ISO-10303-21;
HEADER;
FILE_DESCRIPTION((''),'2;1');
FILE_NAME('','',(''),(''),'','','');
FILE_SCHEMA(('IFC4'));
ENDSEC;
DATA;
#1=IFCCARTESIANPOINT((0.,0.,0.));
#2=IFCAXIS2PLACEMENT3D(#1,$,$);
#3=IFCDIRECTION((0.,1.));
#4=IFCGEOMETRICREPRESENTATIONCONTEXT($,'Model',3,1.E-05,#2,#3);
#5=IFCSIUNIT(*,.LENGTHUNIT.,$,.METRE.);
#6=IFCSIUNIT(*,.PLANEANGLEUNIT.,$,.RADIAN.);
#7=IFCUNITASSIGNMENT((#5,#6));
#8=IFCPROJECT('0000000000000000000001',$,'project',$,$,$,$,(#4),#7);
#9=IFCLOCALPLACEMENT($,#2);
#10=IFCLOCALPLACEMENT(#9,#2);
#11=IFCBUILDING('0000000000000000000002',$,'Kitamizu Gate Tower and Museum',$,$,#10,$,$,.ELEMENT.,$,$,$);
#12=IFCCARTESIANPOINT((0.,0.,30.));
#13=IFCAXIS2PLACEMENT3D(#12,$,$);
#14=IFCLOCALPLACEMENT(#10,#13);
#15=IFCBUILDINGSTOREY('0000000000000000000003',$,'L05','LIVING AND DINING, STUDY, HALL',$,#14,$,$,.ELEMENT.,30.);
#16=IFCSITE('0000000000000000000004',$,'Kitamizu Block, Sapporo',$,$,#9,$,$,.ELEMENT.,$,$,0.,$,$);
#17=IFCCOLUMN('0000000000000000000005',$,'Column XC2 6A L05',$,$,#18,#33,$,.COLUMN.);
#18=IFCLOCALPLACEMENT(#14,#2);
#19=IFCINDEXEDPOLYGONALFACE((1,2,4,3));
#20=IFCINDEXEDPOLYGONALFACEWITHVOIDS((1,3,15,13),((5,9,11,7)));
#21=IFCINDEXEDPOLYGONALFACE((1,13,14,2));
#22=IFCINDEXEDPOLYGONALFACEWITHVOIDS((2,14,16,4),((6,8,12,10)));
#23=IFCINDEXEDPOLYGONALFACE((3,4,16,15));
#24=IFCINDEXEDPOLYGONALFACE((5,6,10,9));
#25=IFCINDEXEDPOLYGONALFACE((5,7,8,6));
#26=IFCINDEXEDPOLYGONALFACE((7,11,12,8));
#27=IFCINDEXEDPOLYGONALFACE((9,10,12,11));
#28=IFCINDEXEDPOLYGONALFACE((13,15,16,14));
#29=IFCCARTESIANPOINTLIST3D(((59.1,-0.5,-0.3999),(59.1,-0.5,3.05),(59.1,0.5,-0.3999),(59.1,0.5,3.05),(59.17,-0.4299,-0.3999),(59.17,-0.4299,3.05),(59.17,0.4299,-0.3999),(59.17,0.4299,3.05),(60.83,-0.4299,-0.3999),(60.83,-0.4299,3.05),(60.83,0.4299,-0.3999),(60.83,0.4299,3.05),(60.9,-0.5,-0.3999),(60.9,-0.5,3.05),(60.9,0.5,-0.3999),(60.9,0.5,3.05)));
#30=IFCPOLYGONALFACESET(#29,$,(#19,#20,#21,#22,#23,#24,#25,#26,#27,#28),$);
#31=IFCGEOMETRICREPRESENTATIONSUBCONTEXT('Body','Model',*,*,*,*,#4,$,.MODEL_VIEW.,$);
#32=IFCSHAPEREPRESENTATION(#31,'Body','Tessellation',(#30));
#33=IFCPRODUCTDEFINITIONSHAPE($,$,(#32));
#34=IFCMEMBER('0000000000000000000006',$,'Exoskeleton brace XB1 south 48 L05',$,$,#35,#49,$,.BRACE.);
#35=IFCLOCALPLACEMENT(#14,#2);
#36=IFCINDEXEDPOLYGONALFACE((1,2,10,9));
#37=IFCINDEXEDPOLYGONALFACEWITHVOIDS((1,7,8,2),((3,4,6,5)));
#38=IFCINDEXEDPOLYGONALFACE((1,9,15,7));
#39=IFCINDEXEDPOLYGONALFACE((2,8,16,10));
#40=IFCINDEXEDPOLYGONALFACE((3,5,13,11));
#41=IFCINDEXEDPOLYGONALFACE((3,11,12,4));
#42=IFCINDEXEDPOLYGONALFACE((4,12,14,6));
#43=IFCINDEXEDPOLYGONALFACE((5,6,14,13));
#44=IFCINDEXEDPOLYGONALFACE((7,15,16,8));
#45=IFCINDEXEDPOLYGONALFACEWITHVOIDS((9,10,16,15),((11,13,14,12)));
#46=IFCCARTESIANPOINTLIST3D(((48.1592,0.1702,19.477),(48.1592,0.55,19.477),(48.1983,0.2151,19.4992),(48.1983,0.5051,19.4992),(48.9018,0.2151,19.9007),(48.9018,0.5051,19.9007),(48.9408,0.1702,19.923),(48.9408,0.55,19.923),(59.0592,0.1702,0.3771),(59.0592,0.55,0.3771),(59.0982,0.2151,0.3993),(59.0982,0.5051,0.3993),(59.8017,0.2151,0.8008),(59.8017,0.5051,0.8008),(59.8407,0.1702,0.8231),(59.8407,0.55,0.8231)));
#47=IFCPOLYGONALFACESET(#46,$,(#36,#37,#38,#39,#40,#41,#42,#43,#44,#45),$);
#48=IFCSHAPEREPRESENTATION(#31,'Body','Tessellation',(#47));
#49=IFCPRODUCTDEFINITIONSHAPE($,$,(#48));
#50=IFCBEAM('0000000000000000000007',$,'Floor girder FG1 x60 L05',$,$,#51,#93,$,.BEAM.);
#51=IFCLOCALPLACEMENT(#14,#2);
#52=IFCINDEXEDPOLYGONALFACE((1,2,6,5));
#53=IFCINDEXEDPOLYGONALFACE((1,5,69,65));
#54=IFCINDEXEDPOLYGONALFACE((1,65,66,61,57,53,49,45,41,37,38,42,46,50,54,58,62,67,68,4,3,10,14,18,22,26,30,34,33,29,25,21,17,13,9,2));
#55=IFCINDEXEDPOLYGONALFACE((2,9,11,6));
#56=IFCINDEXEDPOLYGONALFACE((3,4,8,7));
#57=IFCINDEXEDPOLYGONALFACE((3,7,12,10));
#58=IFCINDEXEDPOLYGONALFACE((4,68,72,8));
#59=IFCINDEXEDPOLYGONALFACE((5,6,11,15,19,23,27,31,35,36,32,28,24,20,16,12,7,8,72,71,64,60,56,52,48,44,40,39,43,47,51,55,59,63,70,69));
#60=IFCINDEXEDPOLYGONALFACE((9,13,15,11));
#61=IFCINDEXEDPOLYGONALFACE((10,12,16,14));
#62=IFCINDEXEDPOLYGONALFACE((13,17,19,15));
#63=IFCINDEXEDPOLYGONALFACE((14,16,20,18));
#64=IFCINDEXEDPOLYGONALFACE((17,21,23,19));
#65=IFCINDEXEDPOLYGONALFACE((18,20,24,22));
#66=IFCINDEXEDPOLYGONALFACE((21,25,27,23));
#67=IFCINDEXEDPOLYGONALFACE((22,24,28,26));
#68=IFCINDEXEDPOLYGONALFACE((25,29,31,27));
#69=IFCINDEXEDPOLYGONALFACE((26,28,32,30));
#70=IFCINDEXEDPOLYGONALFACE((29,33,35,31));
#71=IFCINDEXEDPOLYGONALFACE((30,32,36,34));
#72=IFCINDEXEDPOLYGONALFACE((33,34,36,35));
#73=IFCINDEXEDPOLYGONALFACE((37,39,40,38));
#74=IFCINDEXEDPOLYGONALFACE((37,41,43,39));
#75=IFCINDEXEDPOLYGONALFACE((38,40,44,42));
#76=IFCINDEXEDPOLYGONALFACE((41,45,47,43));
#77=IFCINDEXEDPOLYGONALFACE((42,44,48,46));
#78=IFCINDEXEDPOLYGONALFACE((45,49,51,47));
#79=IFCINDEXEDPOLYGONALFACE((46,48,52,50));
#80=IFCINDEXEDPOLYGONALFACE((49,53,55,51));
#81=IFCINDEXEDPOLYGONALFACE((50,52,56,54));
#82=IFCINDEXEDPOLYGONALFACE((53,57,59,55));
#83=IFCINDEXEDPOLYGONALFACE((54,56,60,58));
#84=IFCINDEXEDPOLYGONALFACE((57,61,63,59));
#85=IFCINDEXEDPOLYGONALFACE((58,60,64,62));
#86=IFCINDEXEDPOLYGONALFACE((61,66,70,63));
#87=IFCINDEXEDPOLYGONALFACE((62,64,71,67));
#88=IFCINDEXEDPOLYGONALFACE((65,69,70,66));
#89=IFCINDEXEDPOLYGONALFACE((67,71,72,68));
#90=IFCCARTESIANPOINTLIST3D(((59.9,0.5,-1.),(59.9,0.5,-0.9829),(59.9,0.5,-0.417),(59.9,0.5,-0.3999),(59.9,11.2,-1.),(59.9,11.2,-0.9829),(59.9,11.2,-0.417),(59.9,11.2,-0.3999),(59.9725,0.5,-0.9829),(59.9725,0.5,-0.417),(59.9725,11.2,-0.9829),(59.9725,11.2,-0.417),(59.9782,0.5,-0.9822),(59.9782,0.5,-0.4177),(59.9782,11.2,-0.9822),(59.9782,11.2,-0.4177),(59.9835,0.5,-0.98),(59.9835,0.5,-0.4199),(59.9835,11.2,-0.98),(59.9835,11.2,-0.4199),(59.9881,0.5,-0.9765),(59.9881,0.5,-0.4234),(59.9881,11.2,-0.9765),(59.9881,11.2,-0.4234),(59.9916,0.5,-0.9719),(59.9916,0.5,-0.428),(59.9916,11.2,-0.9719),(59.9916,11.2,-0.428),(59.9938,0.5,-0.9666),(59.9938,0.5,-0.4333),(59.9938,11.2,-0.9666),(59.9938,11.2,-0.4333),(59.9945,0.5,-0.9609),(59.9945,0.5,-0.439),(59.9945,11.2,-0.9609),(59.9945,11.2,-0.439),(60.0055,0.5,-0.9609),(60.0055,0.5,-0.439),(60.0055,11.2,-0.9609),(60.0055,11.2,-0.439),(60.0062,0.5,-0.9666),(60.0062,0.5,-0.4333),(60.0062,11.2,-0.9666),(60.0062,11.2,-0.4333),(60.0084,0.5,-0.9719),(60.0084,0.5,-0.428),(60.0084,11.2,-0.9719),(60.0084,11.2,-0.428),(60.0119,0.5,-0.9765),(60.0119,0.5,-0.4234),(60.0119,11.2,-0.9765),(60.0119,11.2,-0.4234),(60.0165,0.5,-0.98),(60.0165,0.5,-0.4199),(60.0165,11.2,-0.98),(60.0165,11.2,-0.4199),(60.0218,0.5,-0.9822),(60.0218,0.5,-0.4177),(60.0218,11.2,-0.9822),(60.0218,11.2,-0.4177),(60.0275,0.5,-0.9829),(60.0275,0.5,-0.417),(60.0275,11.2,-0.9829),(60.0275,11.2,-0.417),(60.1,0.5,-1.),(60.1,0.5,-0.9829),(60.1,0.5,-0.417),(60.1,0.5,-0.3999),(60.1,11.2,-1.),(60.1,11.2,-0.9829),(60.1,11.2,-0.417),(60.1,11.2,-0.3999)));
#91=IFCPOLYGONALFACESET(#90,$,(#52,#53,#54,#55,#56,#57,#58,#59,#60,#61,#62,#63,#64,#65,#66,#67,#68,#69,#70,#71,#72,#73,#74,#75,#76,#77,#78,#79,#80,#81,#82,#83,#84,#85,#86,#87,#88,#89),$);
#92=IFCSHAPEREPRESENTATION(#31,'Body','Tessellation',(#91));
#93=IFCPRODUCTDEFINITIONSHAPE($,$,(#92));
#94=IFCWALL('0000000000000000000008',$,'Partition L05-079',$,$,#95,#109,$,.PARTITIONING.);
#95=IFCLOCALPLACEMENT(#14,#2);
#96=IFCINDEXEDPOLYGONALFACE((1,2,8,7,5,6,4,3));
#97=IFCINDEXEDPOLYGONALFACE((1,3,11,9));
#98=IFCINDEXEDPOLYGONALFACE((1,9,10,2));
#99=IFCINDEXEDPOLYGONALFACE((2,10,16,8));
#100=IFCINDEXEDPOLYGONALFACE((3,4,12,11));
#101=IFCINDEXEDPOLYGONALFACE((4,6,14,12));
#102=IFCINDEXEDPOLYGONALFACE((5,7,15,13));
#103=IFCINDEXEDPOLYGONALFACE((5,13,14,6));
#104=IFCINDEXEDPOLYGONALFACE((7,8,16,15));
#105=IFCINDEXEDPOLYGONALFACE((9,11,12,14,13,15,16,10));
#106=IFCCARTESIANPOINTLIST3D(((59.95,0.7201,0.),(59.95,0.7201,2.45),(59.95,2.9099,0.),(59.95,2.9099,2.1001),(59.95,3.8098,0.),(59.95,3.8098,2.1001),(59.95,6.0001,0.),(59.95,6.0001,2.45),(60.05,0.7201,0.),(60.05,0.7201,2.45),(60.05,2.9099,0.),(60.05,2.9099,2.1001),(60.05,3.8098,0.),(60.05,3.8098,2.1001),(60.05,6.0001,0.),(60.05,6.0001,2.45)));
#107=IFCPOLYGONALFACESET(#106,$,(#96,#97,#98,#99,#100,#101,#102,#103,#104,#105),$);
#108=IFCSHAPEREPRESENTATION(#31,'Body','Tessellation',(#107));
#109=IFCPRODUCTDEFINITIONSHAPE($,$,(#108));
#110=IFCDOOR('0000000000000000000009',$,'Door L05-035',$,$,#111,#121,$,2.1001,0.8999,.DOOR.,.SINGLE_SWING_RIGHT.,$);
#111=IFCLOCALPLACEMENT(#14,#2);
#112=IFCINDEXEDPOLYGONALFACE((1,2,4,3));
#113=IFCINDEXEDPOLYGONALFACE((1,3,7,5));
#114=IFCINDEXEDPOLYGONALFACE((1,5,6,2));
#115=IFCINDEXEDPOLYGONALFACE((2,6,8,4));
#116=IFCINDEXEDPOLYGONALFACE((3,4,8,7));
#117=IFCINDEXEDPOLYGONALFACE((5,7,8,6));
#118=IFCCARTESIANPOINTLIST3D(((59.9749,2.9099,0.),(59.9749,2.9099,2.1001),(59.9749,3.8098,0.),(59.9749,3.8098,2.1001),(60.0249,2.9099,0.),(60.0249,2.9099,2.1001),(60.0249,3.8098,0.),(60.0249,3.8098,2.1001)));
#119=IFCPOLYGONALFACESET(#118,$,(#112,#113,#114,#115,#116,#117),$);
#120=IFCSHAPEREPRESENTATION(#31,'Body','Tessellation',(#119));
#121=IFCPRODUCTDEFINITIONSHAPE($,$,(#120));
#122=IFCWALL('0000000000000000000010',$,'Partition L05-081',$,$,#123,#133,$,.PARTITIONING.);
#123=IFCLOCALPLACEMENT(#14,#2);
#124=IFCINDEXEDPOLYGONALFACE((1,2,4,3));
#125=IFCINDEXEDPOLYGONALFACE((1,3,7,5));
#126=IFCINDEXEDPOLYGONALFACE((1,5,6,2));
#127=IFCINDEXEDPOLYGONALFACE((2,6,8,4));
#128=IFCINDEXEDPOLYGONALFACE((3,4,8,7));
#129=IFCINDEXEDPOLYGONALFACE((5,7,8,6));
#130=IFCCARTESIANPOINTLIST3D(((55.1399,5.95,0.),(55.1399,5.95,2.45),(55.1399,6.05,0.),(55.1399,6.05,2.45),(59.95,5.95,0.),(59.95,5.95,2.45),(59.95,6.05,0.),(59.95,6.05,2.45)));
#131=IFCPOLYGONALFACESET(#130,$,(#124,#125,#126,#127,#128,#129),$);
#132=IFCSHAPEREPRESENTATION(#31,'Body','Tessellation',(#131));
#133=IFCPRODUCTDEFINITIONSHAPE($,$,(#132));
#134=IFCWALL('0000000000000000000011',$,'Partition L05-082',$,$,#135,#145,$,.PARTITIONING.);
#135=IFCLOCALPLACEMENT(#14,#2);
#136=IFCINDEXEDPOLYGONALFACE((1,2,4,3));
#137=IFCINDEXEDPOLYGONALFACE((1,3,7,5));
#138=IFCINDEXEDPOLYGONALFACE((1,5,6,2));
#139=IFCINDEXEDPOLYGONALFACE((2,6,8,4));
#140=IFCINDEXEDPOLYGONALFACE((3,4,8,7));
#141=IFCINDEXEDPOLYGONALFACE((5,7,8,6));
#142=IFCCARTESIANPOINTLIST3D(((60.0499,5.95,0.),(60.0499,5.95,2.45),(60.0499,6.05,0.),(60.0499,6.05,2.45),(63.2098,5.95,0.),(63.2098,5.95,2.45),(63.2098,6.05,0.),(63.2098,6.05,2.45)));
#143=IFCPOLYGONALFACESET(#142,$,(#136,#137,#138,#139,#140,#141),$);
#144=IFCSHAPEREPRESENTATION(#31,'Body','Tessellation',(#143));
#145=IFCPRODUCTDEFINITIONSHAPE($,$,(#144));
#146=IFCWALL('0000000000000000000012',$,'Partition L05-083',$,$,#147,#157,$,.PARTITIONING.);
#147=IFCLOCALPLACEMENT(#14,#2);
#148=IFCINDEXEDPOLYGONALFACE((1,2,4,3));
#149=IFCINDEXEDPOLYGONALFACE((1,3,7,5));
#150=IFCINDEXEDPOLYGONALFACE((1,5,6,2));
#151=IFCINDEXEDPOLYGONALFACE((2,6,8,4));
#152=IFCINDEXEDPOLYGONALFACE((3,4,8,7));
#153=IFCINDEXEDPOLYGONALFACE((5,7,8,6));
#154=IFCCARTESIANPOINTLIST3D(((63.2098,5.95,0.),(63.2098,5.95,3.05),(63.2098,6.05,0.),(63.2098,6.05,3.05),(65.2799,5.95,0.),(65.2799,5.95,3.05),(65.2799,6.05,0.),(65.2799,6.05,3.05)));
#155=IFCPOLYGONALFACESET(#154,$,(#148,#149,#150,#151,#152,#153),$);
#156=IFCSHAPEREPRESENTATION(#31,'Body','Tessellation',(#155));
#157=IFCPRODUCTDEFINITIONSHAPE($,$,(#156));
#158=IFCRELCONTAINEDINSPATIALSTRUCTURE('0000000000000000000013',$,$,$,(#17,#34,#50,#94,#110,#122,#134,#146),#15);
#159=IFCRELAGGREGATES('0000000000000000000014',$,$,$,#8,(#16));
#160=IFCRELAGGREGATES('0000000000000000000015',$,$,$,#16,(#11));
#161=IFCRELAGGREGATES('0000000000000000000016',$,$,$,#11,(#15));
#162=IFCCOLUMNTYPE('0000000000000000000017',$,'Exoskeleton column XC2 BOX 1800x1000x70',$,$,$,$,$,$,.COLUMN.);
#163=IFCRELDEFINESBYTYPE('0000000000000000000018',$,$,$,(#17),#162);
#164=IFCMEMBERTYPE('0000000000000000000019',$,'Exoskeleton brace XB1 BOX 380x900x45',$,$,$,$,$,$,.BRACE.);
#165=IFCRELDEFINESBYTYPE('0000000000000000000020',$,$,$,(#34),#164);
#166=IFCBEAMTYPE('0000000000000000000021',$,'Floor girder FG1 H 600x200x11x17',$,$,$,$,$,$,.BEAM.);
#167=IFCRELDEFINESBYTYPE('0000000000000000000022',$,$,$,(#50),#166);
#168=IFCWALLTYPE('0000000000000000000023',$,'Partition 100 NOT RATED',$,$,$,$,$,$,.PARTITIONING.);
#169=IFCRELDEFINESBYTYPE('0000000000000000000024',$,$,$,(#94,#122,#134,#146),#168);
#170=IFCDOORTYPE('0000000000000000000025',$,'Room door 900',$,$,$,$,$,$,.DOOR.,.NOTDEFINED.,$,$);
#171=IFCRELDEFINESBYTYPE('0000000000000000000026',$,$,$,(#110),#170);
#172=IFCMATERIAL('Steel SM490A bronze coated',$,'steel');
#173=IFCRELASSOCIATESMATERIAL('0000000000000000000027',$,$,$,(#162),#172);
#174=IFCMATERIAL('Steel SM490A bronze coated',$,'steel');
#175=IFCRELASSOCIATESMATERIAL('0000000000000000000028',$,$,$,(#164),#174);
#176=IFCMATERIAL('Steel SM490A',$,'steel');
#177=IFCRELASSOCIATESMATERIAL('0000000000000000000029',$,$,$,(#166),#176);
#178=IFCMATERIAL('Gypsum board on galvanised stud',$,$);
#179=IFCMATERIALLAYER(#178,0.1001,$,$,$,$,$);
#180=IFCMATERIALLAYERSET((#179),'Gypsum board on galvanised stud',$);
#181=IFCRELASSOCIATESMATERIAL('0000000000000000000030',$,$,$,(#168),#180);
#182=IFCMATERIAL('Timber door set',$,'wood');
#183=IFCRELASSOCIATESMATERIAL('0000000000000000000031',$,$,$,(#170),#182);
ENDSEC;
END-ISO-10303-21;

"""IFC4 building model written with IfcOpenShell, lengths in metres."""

from ifc_helpers import new_model, si_unit, direction, frame, frame_2d, origin, origin_2d, place, context, subcontext, project, spatial, rectangle, hollow_rectangle, i_section, extrude, material, layer, layer_set, material_profile, profile_set, type_object, element, fill, save


model = new_model("IFC4")

# Units and contexts
model_context = context("Model", 3, precision=1e-05, world=origin(), true_north=direction((0.0, 1.0)))
body_context = subcontext(model_context, "Body", "Model", "MODEL_VIEW")
ifc_project = project(units=[si_unit("LENGTHUNIT", "METRE"), si_unit("PLANEANGLEUNIT", "RADIAN")], contexts=[model_context])

# Site, building, storey
site_placement = place(None, origin())
site = spatial("IfcSite", under=ifc_project, at=site_placement, Name="Kitamizu Block, Sapporo", CompositionType="ELEMENT", RefElevation=0.0)
building_placement = place(site_placement, origin())
building = spatial("IfcBuilding", under=site, at=building_placement, Name="Kitamizu Gate Tower and Museum", CompositionType="ELEMENT")
storey_placement = place(building_placement, frame((0.0, 0.0, 30.0)))
storey = spatial("IfcBuildingStorey", under=building, at=storey_placement, Name="L05", Description="LIVING AND DINING, STUDY, HALL", CompositionType="ELEMENT", Elevation=30.0)

# Column
ifc_material_1 = material(Name="Steel SM490A bronze coated", Category="steel")
ifc_material_profile_1 = material_profile(ifc_material_1, hollow_rectangle(XDim=1.8, YDim=1.0, WallThickness=0.0701, at=origin_2d()), Name="BOX 1800x1000x70")
ifc_profile_set_1 = profile_set([ifc_material_profile_1], Name="Steel SM490A bronze coated")
column_type = type_object("IfcColumnType", Name="Exoskeleton column XC2 BOX 1800x1000x70", PredefinedType="COLUMN", material=ifc_profile_set_1)
column_placement = place(storey_placement, frame((60.0, 0.0, -0.3999), z_axis=(0.0, 0.0, 1.0), x_axis=(1.0, 0.0, 0.0)))
element("IfcColumn", 1, at=column_placement, inside=storey, type_object=column_type, Name="Column XC2 6A L05", PredefinedType="COLUMN", context=body_context, shape_type="SweptSolid", body=[
    extrude(hollow_rectangle(XDim=1.8, YDim=1.0, WallThickness=0.0701, at=origin_2d()), origin(), (0.0, 0.0, 1.0), 3.45),
])

# Member
ifc_material_2 = material(Name="Steel SM490A bronze coated", Category="steel")
ifc_material_profile_2 = material_profile(ifc_material_2, hollow_rectangle(XDim=0.3799, YDim=0.8999, WallThickness=0.0449, at=origin_2d()), Name="BOX 380x900x45")
ifc_profile_set_2 = profile_set([ifc_material_profile_2], Name="Steel SM490A bronze coated")
member_type = type_object("IfcMemberType", Name="Exoskeleton brace XB1 BOX 380x900x45", PredefinedType="BRACE", material=ifc_profile_set_2)
member_placement = place(storey_placement, frame((59.45, 0.3601, 0.6001), z_axis=(-0.495649, 0.0, 0.868523), x_axis=(0.0, -1.0, 0.0)))
element("IfcMember", 2, at=member_placement, inside=storey, type_object=member_type, Name="Exoskeleton brace XB1 south 48 L05", PredefinedType="BRACE", context=body_context, shape_type="SweptSolid", body=[
    extrude(hollow_rectangle(XDim=0.3799, YDim=0.8999, WallThickness=0.0449, at=origin_2d()), origin(), (0.0, 0.0, 1.0), 21.9912),
])

# Beam
ifc_material_3 = material(Name="Steel SM490A", Category="steel")
ifc_material_profile_3 = material_profile(ifc_material_3, i_section(OverallWidth=0.2, OverallDepth=0.6001, WebThickness=0.011, FlangeThickness=0.0171, FilletRadius=0.022, at=origin_2d()), Name="H-600x200x11x17")
ifc_profile_set_3 = profile_set([ifc_material_profile_3], Name="Steel SM490A")
beam_type = type_object("IfcBeamType", Name="Floor girder FG1 H 600x200x11x17", PredefinedType="BEAM", material=ifc_profile_set_3)
beam_placement = place(storey_placement, frame((60.0, 0.5, -0.7), z_axis=(0.0, 1.0, 0.0), x_axis=(-1.0, 0.0, 0.0)))
element("IfcBeam", 3, at=beam_placement, inside=storey, type_object=beam_type, Name="Floor girder FG1 x60 L05", PredefinedType="BEAM", context=body_context, shape_type="SweptSolid", body=[
    extrude(i_section(OverallWidth=0.2, OverallDepth=0.6001, WebThickness=0.011, FlangeThickness=0.0171, FilletRadius=0.022, at=origin_2d()), origin(), (0.0, 0.0, 1.0), 10.7),
])

# Wall, opening, door
ifc_material_4 = material(Name="Gypsum board on galvanised stud")
ifc_layer_1 = layer(ifc_material_4, 0.1001)
ifc_layer_set_1 = layer_set([ifc_layer_1], Name="Gypsum board on galvanised stud")
wall_type_1 = type_object("IfcWallType", Name="Partition 100 NOT RATED", PredefinedType="PARTITIONING", material=ifc_layer_set_1)
wall_1_placement = place(storey_placement, frame((60.0, 0.72, 0.0), z_axis=(0.0, 0.0, 1.0), x_axis=(0.0, 1.0, 0.0)))
wall_1 = element("IfcWall", 4, at=wall_1_placement, inside=storey, type_object=wall_type_1, Name="Partition L05-079", PredefinedType="PARTITIONING", context=body_context, shape_type="SweptSolid", body=[
    extrude(rectangle(XDim=5.28, YDim=0.1001, at=frame_2d((2.6401, 0.0))), origin(), (0.0, 0.0, 1.0), 2.45),
])
opening_1_placement = place(wall_1_placement, frame((2.1899, 0.0, 0.0)))
opening_1 = element("IfcOpeningElement", 5, at=opening_1_placement, cuts=wall_1, PredefinedType="OPENING", context=body_context, shape_type="SweptSolid", body=[
    extrude(rectangle(XDim=0.8999, YDim=2.1001, at=frame_2d((0.45, 1.05))), frame((0.0, 0.0601, 0.0), z_axis=(0.0, -1.0, 0.0), x_axis=(1.0, 0.0, 0.0)), (0.0, 0.0, 1.0), 0.1201),
])
ifc_material_5 = material(Name="Timber door set", Category="wood")
door_type = type_object("IfcDoorType", Name="Room door 900", OperationType="NOTDEFINED", PredefinedType="DOOR", material=ifc_material_5)
door_1_placement = place(opening_1_placement, frame((0.8999, 0.0, 0.0), x_axis=(-1.0, 0.0, 0.0)))
door_1 = element("IfcDoor", 6, at=door_1_placement, inside=storey, type_object=door_type, Name="Door L05-035", OperationType="SINGLE_SWING_RIGHT", OverallHeight=2.1001, OverallWidth=0.8999, PredefinedType="DOOR", context=body_context, shape_type="SweptSolid", body=[
    extrude(rectangle(XDim=0.8999, YDim=2.1001, at=frame_2d((0.45, 1.05))), frame((0.0, 0.0249, 0.0), z_axis=(0.0, -1.0, 0.0), x_axis=(1.0, 0.0, 0.0)), (0.0, 0.0, 1.0), 0.05),
])
fill(opening_1, door_1)

# Walls
wall_2_placement = place(storey_placement, frame((59.95, 6.0, 0.0), z_axis=(0.0, 0.0, 1.0), x_axis=(-1.0, 0.0, 0.0)))
element("IfcWall", 7, at=wall_2_placement, inside=storey, type_object=wall_type_1, Name="Partition L05-081", PredefinedType="PARTITIONING", context=body_context, shape_type="SweptSolid", body=[
    extrude(rectangle(XDim=4.8101, YDim=0.1001, at=frame_2d((2.405, 0.0))), origin(), (0.0, 0.0, 1.0), 2.45),
])
wall_3_placement = place(storey_placement, frame((63.21, 6.0, 0.0), z_axis=(0.0, 0.0, 1.0), x_axis=(-1.0, 0.0, 0.0)))
element("IfcWall", 8, at=wall_3_placement, inside=storey, type_object=wall_type_1, Name="Partition L05-082", PredefinedType="PARTITIONING", context=body_context, shape_type="SweptSolid", body=[
    extrude(rectangle(XDim=3.1599, YDim=0.1001, at=frame_2d((1.5801, 0.0))), origin(), (0.0, 0.0, 1.0), 2.45),
])
wall_4_placement = place(storey_placement, frame((65.28, 6.0, 0.0), z_axis=(0.0, 0.0, 1.0), x_axis=(-1.0, 0.0, 0.0)))
element("IfcWall", 9, at=wall_4_placement, inside=storey, type_object=wall_type_1, Name="Partition L05-083", PredefinedType="PARTITIONING", context=body_context, shape_type="SweptSolid", body=[
    extrude(rectangle(XDim=2.0701, YDim=0.1001, at=frame_2d((1.0352, 0.0))), origin(), (0.0, 0.0, 1.0), 3.05),
])

save(model, "model.ifc")
